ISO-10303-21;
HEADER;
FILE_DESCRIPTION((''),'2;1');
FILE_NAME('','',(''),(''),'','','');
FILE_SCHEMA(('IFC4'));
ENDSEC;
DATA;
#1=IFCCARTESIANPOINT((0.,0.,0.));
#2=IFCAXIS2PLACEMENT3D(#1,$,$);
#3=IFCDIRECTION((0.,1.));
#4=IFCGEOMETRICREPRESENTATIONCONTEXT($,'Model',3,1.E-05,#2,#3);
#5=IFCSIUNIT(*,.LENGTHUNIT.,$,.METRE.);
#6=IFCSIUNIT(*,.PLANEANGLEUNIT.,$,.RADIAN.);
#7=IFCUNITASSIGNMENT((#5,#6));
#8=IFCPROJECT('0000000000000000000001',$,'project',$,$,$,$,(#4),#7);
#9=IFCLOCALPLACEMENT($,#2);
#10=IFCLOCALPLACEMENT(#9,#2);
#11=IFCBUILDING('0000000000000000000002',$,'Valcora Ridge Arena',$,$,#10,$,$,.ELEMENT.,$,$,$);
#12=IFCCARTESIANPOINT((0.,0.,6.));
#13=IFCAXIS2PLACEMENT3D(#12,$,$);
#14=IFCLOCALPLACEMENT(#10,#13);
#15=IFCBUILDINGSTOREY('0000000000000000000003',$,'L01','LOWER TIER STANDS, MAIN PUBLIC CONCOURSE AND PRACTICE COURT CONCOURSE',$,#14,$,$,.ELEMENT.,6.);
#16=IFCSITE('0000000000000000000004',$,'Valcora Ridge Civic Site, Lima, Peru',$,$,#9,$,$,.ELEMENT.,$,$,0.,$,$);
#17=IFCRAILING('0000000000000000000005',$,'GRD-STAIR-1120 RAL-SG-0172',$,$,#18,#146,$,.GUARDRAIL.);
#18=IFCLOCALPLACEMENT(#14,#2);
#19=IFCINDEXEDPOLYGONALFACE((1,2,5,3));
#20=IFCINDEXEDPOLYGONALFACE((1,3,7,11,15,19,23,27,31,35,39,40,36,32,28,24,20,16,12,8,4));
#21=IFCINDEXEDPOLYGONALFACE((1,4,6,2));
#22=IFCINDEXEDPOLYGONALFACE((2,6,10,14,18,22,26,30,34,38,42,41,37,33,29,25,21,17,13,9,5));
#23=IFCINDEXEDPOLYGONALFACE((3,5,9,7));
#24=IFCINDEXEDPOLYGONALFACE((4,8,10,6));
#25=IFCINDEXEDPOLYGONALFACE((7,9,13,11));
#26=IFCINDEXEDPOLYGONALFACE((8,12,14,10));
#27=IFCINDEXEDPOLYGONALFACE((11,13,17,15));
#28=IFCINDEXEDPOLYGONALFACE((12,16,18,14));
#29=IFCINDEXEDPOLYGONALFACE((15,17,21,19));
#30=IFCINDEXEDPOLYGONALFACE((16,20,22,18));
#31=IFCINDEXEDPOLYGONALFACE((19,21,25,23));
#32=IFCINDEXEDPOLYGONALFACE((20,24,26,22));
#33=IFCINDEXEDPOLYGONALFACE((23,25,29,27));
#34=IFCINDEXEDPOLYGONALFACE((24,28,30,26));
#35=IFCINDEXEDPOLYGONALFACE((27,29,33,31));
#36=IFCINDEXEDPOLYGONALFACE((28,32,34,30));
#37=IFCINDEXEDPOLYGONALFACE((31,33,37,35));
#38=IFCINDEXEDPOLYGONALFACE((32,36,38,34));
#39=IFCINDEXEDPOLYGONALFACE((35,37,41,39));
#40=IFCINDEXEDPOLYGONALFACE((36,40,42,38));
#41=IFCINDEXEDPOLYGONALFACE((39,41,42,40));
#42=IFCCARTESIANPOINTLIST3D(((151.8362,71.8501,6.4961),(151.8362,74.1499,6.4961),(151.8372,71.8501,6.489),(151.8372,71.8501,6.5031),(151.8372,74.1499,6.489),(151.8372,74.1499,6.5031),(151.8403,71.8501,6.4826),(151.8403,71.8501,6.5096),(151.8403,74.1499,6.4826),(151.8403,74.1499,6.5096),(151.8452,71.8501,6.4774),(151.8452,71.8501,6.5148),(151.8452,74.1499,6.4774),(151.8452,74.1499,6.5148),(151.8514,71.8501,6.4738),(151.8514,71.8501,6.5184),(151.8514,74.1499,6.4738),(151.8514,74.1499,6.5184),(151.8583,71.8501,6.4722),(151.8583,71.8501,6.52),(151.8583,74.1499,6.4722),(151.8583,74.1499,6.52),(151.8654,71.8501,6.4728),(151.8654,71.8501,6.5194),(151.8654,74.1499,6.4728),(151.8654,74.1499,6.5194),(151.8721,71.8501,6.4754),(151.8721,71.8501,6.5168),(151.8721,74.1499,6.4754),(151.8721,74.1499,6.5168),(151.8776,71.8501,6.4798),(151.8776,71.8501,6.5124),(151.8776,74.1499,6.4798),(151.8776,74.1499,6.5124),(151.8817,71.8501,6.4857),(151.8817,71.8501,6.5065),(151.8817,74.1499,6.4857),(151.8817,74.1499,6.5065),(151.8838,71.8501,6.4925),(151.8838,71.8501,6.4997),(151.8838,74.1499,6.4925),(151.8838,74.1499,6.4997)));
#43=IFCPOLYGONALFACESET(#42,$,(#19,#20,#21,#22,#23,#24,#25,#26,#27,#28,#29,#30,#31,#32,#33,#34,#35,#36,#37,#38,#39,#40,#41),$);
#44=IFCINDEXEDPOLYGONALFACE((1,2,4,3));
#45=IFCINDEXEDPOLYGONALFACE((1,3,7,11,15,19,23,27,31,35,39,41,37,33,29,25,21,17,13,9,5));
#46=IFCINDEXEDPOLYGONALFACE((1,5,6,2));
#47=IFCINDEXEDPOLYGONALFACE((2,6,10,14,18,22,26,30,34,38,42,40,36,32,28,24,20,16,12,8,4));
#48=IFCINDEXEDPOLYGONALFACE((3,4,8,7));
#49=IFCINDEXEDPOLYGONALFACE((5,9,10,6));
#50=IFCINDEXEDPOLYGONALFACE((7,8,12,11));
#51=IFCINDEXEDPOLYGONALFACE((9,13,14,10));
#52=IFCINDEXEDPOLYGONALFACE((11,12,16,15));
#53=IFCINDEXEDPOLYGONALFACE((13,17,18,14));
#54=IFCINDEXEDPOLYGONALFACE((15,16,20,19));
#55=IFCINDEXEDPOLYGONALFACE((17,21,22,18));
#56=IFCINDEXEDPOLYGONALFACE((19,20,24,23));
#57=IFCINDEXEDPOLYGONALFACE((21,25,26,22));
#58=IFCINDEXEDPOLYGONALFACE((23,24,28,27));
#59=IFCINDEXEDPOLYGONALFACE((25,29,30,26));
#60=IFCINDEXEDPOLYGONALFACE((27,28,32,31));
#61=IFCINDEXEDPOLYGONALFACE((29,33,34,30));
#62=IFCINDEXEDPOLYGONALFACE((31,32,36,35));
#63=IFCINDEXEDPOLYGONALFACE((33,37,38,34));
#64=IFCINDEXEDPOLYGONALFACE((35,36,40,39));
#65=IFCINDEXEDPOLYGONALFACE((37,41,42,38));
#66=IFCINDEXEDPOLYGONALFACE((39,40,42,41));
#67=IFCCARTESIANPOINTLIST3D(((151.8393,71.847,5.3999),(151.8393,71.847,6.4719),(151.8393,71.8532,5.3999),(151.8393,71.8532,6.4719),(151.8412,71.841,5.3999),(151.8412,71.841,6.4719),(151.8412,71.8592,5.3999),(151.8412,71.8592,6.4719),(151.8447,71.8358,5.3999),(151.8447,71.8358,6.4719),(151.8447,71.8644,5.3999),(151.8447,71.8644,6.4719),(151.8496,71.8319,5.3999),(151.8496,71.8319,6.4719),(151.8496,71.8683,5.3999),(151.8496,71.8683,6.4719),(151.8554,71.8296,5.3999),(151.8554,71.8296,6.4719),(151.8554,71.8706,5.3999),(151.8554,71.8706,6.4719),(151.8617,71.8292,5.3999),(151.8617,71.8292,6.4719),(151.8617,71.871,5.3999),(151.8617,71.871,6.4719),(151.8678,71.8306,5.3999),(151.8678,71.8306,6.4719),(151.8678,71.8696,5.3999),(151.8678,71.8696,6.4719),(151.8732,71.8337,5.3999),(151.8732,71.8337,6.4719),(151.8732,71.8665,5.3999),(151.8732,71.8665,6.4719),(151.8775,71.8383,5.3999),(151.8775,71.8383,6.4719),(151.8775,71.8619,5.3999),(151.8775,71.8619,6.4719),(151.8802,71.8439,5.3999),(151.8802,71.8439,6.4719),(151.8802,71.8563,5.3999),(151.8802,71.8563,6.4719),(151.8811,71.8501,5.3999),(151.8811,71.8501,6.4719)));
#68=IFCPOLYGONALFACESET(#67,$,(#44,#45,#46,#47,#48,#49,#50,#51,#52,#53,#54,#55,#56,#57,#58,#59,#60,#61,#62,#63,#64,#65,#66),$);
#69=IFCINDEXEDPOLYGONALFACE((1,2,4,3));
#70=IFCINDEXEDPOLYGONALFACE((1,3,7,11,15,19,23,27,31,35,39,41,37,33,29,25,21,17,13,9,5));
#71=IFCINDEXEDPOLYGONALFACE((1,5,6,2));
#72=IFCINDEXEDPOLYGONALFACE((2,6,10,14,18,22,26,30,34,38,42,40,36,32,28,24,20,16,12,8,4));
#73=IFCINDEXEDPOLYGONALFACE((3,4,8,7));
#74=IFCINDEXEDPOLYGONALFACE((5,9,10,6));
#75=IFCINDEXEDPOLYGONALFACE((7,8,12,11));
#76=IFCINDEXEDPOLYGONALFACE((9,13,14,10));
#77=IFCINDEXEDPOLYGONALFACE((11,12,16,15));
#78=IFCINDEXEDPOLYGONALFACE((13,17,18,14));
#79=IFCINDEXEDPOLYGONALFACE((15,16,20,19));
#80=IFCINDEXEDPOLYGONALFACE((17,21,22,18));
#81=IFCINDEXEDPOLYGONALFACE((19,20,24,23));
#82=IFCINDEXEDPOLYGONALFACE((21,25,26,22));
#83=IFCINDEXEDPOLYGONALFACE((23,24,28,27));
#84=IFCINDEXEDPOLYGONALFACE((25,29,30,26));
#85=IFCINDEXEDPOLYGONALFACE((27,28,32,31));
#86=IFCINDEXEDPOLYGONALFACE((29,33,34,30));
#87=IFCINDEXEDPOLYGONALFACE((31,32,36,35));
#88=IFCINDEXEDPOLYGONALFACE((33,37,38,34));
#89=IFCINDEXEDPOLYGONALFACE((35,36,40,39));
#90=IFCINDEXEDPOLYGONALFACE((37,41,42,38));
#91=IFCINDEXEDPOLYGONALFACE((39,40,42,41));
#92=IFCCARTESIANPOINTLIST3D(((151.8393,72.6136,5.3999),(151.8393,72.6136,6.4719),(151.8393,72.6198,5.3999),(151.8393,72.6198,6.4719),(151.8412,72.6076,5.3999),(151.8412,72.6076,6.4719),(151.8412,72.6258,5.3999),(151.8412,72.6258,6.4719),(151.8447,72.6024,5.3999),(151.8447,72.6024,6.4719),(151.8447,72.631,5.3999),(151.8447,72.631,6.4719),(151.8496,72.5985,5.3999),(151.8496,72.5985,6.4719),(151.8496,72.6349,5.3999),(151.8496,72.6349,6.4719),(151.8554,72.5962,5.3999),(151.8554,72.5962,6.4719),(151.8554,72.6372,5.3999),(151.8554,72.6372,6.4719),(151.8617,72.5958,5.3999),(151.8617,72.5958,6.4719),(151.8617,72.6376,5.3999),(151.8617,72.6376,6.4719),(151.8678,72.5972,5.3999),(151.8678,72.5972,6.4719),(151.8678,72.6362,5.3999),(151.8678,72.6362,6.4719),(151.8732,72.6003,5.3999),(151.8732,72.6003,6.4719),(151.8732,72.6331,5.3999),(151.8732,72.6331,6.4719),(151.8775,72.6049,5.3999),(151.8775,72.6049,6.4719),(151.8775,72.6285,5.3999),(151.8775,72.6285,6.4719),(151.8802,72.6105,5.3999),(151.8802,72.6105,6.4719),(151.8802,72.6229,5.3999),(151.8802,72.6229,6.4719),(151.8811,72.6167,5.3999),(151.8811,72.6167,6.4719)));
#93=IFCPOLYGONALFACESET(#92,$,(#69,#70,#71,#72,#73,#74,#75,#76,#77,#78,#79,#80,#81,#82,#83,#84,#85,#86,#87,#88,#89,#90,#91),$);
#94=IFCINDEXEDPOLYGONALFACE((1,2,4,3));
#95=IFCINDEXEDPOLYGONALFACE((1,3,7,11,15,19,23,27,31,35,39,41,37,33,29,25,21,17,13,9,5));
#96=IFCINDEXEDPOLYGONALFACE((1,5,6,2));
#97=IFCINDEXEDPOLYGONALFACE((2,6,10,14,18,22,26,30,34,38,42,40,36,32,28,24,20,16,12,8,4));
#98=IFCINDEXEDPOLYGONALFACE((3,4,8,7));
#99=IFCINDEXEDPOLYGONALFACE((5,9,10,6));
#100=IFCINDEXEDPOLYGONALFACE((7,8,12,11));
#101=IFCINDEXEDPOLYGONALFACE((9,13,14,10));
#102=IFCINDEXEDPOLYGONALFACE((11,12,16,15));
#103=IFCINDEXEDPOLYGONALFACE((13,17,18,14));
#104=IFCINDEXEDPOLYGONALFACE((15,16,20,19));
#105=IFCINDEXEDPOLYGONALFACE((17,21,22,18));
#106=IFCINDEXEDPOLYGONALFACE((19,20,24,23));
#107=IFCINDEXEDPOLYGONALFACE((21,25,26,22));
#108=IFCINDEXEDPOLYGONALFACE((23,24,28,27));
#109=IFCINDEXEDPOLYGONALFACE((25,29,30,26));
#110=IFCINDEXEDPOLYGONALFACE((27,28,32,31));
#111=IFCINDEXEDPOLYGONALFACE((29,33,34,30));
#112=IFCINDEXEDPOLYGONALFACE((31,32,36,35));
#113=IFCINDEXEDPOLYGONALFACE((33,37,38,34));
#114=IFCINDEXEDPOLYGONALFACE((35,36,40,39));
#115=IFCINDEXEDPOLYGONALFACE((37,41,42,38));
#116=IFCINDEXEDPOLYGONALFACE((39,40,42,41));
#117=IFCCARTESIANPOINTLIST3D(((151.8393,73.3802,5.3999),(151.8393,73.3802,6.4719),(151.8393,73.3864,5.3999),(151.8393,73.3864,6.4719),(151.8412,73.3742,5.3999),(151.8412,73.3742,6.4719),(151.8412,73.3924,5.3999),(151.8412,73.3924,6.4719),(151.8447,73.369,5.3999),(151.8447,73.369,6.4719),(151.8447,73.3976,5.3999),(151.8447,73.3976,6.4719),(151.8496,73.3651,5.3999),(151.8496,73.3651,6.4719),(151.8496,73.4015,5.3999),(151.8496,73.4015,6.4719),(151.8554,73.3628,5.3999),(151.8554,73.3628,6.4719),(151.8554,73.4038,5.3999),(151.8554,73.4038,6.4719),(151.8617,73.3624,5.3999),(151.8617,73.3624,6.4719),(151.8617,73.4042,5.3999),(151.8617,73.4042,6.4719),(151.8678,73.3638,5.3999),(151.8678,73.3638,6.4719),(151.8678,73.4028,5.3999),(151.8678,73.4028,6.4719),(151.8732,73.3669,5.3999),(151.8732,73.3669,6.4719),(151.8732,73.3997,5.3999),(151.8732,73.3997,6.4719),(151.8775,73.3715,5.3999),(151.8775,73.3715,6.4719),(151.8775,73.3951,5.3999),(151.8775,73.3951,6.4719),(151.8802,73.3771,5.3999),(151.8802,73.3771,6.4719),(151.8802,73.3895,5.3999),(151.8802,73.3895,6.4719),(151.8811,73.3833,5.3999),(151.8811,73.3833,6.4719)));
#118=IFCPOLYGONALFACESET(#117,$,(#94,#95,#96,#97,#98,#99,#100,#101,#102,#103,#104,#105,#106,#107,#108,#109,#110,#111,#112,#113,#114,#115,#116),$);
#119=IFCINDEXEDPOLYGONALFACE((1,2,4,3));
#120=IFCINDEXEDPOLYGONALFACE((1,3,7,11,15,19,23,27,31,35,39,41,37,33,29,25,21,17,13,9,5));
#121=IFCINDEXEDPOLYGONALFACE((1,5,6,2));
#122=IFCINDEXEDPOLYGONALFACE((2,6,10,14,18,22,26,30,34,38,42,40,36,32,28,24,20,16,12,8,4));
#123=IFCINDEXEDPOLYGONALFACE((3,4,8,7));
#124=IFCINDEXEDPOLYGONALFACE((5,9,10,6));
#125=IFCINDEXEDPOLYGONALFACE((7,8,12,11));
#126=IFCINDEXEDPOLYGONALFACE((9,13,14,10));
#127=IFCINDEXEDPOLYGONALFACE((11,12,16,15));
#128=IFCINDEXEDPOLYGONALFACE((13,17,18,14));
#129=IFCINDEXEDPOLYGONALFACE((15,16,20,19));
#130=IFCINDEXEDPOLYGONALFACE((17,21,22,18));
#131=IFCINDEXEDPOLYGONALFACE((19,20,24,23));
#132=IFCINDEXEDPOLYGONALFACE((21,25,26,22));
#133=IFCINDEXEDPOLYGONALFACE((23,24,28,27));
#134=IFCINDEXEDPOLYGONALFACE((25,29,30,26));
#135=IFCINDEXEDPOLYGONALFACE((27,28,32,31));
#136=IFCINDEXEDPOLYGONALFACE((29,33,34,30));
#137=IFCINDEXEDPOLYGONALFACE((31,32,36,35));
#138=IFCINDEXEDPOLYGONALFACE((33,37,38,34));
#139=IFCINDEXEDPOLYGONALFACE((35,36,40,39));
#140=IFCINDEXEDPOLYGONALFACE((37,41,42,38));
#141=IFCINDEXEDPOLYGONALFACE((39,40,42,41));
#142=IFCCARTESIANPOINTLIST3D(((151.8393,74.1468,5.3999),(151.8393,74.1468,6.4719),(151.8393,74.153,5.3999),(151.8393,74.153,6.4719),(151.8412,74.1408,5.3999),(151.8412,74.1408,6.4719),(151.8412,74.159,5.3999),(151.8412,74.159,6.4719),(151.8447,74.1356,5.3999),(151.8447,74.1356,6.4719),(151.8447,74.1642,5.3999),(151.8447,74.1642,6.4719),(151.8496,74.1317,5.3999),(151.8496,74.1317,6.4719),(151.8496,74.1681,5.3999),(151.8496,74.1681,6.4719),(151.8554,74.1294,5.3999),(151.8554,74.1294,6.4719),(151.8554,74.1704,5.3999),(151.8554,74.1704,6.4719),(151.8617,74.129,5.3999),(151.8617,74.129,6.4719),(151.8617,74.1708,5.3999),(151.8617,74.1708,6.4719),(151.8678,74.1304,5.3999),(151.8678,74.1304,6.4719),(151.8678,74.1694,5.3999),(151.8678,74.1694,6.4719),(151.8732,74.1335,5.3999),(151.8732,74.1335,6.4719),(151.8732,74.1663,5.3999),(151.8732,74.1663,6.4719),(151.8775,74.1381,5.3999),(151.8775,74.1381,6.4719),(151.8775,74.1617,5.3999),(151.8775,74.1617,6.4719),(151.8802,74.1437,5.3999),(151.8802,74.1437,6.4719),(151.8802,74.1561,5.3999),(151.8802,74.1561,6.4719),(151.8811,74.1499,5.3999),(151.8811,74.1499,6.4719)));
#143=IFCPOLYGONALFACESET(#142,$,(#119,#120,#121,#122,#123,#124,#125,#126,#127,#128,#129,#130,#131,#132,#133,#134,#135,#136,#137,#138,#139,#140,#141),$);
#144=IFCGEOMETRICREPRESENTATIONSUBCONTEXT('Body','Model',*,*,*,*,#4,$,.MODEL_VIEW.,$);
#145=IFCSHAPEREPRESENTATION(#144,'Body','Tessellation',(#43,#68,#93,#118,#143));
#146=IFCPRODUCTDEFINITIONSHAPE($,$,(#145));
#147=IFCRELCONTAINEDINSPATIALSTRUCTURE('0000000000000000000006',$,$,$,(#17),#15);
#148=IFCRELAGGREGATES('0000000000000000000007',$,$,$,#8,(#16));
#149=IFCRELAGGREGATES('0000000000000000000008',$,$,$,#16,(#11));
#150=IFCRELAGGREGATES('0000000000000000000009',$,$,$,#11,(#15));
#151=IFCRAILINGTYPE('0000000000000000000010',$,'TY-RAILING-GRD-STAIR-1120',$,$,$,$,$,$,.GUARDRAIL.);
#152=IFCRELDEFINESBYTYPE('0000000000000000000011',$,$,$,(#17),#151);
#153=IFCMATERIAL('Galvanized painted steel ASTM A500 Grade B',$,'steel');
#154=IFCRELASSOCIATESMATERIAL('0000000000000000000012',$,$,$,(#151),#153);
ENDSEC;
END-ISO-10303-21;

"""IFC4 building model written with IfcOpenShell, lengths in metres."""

from ifc_helpers import new_model, si_unit, direction, frame, origin, origin_2d, place, context, subcontext, project, spatial, circle, extrude, material, type_object, element, save


model = new_model("IFC4")

# Units and contexts
model_context = context("Model", 3, precision=1e-05, world=origin(), true_north=direction((0.0, 1.0)))
body_context = subcontext(model_context, "Body", "Model", "MODEL_VIEW")
ifc_project = project(units=[si_unit("LENGTHUNIT", "METRE"), si_unit("PLANEANGLEUNIT", "RADIAN")], contexts=[model_context])

# Site, building, storey
site_placement = place(None, origin())
site = spatial("IfcSite", under=ifc_project, at=site_placement, Name="Valcora Ridge Civic Site, Lima, Peru", CompositionType="ELEMENT", RefElevation=0.0)
building_placement = place(site_placement, origin())
building = spatial("IfcBuilding", under=site, at=building_placement, Name="Valcora Ridge Arena", CompositionType="ELEMENT")
storey_placement = place(building_placement, frame((0.0, 0.0, 6.0)))
storey = spatial("IfcBuildingStorey", under=building, at=storey_placement, Name="L01", Description="LOWER TIER STANDS, MAIN PUBLIC CONCOURSE AND PRACTICE COURT CONCOURSE", CompositionType="ELEMENT", Elevation=6.0)

# Railing
ifc_material_1 = material(Name="Galvanized painted steel ASTM A500 Grade B", Category="steel")
railing_type_1 = type_object("IfcRailingType", Name="TY-RAILING-GRD-STAIR-1120", PredefinedType="GUARDRAIL", material=ifc_material_1)
railing_1_placement = place(storey_placement, frame((151.8601, 71.8501, 5.3999)))
element("IfcRailing", 1, at=railing_1_placement, inside=storey, type_object=railing_type_1, Name="GRD-STAIR-1120 RAL-SG-0172", PredefinedType="GUARDRAIL", context=body_context, shape_type="SweptSolid", body=[
    extrude(circle(Radius=0.0239, at=origin_2d()), frame((0.0, 0.0, 1.0962), z_axis=(0.0, 1.0, 0.0), x_axis=(-1.0, 0.0, 0.0)), (0.0, 0.0, 1.0), 2.2998),
    extrude(circle(Radius=0.021, at=origin_2d()), origin(), (0.0, 0.0, 1.0), 1.072),
    extrude(circle(Radius=0.021, at=origin_2d()), frame((0.0, 0.7666, 0.0)), (0.0, 0.0, 1.0), 1.072),
    extrude(circle(Radius=0.021, at=origin_2d()), frame((0.0, 1.5332, 0.0)), (0.0, 0.0, 1.0), 1.072),
    extrude(circle(Radius=0.021, at=origin_2d()), frame((0.0, 2.2998, 0.0)), (0.0, 0.0, 1.0), 1.072),
])

save(model, "model.ifc")
